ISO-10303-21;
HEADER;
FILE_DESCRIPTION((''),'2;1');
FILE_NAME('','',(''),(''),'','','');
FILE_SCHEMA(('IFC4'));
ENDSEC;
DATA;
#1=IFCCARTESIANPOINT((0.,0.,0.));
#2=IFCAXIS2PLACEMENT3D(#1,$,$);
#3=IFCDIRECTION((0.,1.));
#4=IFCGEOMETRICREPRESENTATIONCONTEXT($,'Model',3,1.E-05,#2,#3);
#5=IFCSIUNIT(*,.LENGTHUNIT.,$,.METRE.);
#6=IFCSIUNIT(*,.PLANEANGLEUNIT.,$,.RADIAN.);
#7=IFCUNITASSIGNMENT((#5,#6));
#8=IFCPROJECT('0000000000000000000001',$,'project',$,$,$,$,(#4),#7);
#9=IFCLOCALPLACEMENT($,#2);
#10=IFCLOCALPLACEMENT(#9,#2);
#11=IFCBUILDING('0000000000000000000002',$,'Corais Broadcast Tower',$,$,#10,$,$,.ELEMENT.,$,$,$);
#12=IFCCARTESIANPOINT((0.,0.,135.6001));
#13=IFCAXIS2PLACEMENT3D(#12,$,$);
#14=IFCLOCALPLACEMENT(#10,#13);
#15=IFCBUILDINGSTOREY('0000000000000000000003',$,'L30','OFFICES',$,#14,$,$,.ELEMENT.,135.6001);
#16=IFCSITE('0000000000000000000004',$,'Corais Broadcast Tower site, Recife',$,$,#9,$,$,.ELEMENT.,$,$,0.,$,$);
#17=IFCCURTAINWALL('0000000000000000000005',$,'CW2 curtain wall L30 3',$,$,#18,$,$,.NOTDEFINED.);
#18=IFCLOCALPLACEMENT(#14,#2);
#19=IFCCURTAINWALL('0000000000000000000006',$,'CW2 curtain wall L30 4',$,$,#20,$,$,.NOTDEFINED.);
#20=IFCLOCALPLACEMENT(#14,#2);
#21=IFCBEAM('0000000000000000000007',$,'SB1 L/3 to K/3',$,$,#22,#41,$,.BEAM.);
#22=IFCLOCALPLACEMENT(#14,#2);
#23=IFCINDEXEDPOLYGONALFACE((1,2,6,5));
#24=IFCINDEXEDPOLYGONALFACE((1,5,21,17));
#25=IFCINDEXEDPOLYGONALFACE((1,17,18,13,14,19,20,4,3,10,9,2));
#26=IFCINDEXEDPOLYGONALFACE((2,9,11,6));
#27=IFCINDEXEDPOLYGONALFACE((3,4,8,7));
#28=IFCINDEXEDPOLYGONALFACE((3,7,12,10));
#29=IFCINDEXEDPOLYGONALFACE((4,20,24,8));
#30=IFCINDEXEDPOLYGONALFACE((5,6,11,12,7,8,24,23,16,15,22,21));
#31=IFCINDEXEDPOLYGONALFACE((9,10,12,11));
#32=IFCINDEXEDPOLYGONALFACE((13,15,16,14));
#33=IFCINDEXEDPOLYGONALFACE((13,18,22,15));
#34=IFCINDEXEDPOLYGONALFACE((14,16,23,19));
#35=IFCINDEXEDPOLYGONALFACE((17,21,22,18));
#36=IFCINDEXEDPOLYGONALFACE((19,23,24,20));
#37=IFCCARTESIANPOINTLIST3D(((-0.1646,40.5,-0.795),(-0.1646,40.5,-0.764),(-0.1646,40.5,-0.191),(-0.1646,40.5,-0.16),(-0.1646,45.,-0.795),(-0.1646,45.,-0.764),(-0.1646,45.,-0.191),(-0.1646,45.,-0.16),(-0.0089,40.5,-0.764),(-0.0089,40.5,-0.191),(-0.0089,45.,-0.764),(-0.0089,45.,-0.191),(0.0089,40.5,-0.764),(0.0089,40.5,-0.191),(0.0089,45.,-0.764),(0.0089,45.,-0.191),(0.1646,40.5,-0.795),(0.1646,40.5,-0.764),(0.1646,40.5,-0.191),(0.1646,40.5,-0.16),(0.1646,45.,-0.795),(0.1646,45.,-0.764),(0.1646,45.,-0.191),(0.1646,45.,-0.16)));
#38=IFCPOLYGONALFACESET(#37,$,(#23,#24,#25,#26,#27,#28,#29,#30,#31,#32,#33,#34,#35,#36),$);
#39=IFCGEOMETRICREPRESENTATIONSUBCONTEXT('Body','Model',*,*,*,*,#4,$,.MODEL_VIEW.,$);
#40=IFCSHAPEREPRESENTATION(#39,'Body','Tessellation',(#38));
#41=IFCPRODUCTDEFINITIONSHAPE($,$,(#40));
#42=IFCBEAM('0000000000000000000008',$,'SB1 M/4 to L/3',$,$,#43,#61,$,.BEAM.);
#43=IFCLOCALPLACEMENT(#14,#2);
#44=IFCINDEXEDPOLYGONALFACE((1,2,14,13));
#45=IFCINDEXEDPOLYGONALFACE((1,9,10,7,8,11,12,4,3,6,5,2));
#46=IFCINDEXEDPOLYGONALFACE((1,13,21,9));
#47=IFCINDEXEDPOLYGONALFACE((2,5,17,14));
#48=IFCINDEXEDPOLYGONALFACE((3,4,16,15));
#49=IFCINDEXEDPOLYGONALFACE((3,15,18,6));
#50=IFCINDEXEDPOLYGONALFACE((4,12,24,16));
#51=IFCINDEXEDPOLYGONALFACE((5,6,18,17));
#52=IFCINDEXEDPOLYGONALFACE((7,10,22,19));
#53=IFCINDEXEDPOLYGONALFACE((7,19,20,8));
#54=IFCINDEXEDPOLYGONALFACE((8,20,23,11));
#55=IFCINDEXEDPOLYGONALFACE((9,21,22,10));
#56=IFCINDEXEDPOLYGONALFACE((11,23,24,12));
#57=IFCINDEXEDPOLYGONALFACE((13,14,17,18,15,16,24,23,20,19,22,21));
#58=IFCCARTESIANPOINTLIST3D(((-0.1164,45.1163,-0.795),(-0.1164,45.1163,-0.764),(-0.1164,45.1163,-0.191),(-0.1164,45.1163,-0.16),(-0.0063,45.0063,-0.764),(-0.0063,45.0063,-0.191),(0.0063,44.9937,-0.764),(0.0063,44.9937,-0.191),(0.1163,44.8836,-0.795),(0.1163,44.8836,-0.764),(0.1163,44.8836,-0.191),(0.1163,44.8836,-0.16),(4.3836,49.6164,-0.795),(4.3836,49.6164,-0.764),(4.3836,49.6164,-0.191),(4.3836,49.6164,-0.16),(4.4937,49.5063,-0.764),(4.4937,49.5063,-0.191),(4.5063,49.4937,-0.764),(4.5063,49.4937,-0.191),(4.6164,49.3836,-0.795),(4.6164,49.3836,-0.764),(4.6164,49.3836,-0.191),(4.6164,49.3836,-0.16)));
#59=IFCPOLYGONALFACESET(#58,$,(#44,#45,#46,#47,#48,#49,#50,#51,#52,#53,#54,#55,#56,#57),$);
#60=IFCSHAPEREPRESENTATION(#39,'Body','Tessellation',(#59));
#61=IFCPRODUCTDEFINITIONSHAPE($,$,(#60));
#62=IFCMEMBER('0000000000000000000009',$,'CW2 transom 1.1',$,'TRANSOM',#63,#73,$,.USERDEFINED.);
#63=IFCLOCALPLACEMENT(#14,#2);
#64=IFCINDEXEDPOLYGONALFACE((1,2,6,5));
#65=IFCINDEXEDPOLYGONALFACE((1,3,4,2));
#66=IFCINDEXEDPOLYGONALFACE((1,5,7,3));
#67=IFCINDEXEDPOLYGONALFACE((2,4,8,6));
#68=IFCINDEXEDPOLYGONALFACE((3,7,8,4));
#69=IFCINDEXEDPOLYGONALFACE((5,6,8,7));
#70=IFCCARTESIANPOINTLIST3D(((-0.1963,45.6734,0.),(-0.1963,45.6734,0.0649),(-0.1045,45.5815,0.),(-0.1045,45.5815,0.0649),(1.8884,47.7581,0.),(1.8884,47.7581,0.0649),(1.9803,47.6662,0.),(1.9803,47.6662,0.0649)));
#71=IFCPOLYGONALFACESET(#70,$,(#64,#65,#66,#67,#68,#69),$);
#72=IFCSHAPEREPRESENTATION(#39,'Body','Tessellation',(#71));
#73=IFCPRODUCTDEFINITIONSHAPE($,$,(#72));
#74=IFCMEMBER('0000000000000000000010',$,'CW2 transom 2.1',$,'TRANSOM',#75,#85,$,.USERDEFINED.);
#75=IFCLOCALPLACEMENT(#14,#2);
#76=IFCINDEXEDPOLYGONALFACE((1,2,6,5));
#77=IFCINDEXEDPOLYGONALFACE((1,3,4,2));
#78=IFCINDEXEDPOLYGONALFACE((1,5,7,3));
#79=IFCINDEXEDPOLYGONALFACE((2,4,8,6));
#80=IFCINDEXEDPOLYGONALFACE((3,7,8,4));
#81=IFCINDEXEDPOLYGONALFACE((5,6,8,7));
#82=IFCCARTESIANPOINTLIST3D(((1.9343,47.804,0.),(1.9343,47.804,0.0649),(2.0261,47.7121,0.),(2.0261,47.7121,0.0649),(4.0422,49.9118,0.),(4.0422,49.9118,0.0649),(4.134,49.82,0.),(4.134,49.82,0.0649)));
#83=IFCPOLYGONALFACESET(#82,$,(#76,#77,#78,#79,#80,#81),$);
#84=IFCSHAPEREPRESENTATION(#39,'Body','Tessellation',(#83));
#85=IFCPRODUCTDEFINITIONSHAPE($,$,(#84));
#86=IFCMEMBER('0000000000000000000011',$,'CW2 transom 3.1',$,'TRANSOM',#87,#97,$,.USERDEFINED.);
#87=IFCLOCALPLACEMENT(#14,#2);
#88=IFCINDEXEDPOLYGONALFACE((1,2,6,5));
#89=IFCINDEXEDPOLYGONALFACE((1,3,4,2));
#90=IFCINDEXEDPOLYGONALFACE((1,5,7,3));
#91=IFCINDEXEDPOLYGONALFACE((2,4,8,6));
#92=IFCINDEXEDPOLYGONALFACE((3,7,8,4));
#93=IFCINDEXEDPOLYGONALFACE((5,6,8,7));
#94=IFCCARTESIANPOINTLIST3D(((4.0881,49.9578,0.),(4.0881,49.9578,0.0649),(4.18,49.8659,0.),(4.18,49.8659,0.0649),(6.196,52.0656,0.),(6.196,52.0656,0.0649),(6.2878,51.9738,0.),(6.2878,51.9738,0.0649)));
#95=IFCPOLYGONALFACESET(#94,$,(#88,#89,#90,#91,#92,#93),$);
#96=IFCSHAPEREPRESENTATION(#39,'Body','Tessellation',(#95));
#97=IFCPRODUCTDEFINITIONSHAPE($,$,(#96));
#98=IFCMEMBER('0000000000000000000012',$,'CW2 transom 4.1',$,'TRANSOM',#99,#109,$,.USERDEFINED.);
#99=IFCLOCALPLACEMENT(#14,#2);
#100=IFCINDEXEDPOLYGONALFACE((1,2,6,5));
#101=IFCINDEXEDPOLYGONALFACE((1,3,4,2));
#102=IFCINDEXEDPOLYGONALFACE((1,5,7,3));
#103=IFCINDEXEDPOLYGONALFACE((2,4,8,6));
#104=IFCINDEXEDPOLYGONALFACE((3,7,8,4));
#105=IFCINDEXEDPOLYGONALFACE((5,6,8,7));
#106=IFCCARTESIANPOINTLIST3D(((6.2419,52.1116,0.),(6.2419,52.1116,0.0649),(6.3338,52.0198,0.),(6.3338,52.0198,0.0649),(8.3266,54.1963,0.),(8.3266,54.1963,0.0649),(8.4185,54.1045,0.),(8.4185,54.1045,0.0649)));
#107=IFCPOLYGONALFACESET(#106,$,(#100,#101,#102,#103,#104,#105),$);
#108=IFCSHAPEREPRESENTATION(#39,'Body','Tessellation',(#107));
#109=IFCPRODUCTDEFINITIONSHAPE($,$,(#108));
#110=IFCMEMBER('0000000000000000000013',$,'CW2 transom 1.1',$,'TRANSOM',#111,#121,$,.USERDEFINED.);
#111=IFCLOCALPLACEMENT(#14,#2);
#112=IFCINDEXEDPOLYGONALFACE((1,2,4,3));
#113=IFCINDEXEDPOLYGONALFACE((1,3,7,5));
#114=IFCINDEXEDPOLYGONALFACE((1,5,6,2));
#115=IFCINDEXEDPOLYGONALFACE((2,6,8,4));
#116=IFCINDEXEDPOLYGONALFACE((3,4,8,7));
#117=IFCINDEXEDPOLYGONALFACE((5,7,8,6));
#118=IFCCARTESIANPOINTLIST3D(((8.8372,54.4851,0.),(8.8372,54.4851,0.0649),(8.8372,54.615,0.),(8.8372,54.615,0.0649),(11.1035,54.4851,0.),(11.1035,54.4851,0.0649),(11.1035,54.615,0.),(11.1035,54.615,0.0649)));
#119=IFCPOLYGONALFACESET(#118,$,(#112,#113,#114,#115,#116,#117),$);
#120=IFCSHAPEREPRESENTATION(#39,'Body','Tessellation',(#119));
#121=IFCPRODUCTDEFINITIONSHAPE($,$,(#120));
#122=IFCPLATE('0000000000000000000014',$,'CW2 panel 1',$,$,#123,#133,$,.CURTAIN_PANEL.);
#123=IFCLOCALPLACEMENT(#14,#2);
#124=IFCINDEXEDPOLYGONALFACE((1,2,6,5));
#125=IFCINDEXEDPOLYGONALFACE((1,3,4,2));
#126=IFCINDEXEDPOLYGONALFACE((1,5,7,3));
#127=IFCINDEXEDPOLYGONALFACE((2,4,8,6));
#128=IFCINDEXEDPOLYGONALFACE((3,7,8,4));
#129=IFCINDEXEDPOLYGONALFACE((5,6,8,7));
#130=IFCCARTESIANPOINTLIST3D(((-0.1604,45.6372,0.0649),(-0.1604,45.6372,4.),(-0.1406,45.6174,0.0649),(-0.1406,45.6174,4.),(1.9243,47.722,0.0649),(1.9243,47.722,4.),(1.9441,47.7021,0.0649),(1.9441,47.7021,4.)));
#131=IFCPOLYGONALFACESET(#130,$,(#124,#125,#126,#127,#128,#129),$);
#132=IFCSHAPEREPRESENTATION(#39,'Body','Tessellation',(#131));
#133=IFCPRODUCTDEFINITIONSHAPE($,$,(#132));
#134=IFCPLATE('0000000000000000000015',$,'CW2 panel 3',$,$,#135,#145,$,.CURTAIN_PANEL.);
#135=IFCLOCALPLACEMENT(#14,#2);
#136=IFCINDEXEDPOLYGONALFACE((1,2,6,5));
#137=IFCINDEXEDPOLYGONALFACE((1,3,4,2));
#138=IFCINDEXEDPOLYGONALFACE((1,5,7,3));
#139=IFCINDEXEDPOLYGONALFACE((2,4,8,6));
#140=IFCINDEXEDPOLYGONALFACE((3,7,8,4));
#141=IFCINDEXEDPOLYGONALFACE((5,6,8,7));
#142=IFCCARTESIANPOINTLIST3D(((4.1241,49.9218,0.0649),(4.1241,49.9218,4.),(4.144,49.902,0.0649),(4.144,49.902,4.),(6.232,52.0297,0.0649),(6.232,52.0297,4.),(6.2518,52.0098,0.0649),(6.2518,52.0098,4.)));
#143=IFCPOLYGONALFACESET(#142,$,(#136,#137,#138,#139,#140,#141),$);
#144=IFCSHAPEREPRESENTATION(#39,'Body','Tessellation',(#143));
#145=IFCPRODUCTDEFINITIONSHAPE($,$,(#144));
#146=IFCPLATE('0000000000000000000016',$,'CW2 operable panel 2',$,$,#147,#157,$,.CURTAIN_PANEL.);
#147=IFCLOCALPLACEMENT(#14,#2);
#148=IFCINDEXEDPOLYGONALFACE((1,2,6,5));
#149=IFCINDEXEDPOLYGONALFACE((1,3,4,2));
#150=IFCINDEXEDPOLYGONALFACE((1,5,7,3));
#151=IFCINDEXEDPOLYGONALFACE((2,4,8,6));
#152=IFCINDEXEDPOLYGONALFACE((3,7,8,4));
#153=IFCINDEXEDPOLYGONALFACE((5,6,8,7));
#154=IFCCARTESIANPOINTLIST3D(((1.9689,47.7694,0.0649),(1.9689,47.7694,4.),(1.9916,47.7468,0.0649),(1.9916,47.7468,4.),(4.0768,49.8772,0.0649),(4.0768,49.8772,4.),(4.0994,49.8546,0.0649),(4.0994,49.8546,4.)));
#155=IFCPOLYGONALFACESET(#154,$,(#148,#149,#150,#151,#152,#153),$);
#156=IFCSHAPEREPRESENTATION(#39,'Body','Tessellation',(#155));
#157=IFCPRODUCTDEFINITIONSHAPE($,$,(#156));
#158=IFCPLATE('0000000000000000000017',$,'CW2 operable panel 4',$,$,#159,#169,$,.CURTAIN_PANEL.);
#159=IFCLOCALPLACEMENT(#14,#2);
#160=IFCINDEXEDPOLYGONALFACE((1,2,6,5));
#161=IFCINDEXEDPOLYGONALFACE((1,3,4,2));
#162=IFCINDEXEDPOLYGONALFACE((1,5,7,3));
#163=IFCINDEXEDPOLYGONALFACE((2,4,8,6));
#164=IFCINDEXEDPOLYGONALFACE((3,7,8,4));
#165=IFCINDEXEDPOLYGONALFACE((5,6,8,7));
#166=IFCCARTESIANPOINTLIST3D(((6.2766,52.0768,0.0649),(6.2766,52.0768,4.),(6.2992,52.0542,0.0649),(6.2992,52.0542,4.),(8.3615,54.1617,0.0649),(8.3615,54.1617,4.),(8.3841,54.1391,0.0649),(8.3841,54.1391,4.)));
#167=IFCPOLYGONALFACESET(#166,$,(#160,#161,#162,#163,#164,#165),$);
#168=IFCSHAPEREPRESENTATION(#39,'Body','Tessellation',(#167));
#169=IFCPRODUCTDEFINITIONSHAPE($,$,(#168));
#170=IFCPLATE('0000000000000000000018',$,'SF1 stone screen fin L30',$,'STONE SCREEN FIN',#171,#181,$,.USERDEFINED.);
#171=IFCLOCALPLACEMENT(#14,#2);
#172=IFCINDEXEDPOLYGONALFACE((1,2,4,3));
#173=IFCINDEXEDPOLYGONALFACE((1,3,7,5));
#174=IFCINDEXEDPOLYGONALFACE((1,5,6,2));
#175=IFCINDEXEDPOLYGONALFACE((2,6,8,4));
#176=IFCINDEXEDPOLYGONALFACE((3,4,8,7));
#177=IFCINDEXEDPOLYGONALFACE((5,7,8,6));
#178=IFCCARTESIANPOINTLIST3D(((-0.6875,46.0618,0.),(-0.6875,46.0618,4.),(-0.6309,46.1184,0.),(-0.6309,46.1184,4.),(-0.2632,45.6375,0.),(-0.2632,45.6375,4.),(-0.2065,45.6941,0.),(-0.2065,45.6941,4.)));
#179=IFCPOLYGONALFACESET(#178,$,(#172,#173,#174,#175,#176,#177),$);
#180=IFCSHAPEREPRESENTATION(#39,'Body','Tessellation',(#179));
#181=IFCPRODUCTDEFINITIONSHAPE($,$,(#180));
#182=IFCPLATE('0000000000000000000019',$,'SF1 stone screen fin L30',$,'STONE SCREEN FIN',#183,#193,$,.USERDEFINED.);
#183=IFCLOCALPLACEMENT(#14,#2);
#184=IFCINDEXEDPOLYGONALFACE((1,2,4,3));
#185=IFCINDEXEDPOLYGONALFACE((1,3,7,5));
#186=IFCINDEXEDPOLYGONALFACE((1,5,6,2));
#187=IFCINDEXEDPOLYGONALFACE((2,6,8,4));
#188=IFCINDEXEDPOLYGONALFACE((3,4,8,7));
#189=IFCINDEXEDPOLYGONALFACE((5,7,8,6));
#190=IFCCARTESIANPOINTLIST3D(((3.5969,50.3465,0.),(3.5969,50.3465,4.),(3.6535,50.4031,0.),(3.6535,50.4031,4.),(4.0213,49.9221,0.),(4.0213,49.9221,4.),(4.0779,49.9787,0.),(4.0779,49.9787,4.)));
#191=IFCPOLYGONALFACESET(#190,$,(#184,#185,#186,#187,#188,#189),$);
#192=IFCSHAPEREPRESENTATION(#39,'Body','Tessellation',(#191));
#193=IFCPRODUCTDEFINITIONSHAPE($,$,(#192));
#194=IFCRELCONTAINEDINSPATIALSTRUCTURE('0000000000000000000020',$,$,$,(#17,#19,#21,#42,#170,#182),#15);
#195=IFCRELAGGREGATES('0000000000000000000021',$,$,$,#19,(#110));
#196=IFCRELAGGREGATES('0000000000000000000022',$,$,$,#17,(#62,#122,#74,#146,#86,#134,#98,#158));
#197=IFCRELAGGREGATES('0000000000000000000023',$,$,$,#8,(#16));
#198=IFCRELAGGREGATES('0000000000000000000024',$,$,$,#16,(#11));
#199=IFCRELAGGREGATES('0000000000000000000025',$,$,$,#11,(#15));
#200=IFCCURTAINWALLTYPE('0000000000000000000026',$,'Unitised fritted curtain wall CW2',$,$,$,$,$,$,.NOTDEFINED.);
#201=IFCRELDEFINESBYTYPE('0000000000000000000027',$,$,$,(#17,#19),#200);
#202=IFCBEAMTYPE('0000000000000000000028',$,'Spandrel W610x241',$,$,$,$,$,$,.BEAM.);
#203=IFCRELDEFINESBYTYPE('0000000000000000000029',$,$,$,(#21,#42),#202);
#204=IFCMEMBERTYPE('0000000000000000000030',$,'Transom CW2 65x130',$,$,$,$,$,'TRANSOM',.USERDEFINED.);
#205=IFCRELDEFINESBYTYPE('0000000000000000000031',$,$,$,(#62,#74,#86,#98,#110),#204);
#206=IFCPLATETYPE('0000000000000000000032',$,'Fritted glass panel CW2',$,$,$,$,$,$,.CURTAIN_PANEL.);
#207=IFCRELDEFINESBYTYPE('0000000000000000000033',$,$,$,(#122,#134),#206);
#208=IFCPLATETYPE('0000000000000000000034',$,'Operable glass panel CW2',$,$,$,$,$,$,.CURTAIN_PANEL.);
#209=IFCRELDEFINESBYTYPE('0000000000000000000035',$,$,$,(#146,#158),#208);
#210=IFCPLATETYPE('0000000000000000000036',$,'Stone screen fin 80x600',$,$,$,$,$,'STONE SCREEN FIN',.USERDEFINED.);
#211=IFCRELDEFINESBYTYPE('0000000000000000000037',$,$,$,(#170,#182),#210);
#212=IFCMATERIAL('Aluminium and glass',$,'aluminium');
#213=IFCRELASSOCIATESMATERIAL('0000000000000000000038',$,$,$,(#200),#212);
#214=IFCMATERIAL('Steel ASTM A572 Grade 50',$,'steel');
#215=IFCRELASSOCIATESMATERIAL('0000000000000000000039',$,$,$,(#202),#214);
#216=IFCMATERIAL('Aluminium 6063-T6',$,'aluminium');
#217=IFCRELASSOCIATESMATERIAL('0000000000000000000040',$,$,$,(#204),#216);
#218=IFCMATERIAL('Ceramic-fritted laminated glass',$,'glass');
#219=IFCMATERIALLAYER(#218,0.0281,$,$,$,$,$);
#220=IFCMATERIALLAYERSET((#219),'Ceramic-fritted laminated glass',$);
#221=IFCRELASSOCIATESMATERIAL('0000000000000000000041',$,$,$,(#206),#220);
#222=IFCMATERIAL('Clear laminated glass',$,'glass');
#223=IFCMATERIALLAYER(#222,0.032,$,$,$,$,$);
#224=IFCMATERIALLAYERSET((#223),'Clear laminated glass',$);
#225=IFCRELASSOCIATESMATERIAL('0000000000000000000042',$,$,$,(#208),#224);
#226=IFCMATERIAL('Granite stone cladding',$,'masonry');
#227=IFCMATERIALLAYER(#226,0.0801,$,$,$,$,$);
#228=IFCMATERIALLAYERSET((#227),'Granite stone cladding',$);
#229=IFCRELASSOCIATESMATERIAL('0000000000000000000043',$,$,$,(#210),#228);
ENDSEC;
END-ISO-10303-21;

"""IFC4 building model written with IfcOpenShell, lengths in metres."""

from ifc_helpers import new_model, si_unit, direction, frame, origin, origin_2d, place, context, subcontext, project, spatial, rectangle, i_section, extrude, material, layer, layer_set, material_profile, profile_set, type_object, element, aggregate, save


model = new_model("IFC4")

# Units and contexts
model_context = context("Model", 3, precision=1e-05, world=origin(), true_north=direction((0.0, 1.0)))
body_context = subcontext(model_context, "Body", "Model", "MODEL_VIEW")
ifc_project = project(units=[si_unit("LENGTHUNIT", "METRE"), si_unit("PLANEANGLEUNIT", "RADIAN")], contexts=[model_context])

# Site, building, storey
site_placement = place(None, origin())
site = spatial("IfcSite", under=ifc_project, at=site_placement, Name="Corais Broadcast Tower site, Recife", CompositionType="ELEMENT", RefElevation=0.0)
building_placement = place(site_placement, origin())
building = spatial("IfcBuilding", under=site, at=building_placement, Name="Corais Broadcast Tower", CompositionType="ELEMENT")
storey_placement = place(building_placement, frame((0.0, 0.0, 135.6001)))
storey = spatial("IfcBuildingStorey", under=building, at=storey_placement, Name="L30", Description="OFFICES", CompositionType="ELEMENT", Elevation=135.6001)

# Shared definitions
ifc_material_1 = material(Name="Aluminium and glass", Category="aluminium")
curtain_wall_type = type_object("IfcCurtainWallType", Name="Unitised fritted curtain wall CW2", PredefinedType="NOTDEFINED", material=ifc_material_1)

# Curtain wall
curtain_wall_1_placement = place(storey_placement, origin())
curtain_wall_1 = element("IfcCurtainWall", 1, at=curtain_wall_1_placement, inside=storey, type_object=curtain_wall_type, Name="CW2 curtain wall L30 3", PredefinedType="NOTDEFINED")

# Curtain wall
curtain_wall_2_placement = place(storey_placement, origin())
curtain_wall_2 = element("IfcCurtainWall", 2, at=curtain_wall_2_placement, inside=storey, type_object=curtain_wall_type, Name="CW2 curtain wall L30 4", PredefinedType="NOTDEFINED")

# Beams
ifc_material_2 = material(Name="Steel ASTM A572 Grade 50", Category="steel")
ifc_material_profile_1 = material_profile(ifc_material_2, i_section(OverallWidth=0.3291, OverallDepth=0.635, WebThickness=0.0178, FlangeThickness=0.031, at=origin_2d()), Name="W610x241")
ifc_profile_set_1 = profile_set([ifc_material_profile_1], Name="Steel ASTM A572 Grade 50")
beam_type_1 = type_object("IfcBeamType", Name="Spandrel W610x241", PredefinedType="BEAM", material=ifc_profile_set_1)
beam_1_placement = place(storey_placement, frame((0.0, 45.0, -0.4775), z_axis=(0.0, -1.0, 0.0), x_axis=(1.0, 0.0, 0.0)))
element("IfcBeam", 3, at=beam_1_placement, inside=storey, type_object=beam_type_1, Name="SB1 L/3 to K/3", PredefinedType="BEAM", context=body_context, shape_type="SweptSolid", body=[
    extrude(i_section(OverallWidth=0.3291, OverallDepth=0.635, WebThickness=0.0178, FlangeThickness=0.031, at=origin_2d()), origin(), (0.0, 0.0, 1.0), 4.5),
])
beam_2_placement = place(storey_placement, frame((4.5, 49.5, -0.4775), z_axis=(-0.707107, -0.707107, 0.0), x_axis=(0.707107, -0.707107, 0.0)))
element("IfcBeam", 4, at=beam_2_placement, inside=storey, type_object=beam_type_1, Name="SB1 M/4 to L/3", PredefinedType="BEAM", context=body_context, shape_type="SweptSolid", body=[
    extrude(i_section(OverallWidth=0.3291, OverallDepth=0.635, WebThickness=0.0178, FlangeThickness=0.031, at=origin_2d()), origin(), (0.0, 0.0, 1.0), 6.364),
])

# Members
ifc_material_3 = material(Name="Aluminium 6063-T6", Category="aluminium")
ifc_material_profile_2 = material_profile(ifc_material_3, rectangle(XDim=0.1299, YDim=0.0649, at=origin_2d()), Name="Transom CW2 65x130")
ifc_profile_set_2 = profile_set([ifc_material_profile_2], Name="Aluminium 6063-T6")
member_type_1 = type_object("IfcMemberType", Name="Transom CW2 65x130", ElementType="TRANSOM", PredefinedType="USERDEFINED", material=ifc_profile_set_2)
member_1_placement = place(storey_placement, frame((-0.1504, 45.6274, 0.0325), z_axis=(0.707107, 0.707107, 0.0), x_axis=(-0.707107, 0.707107, 0.0)))
member_1 = element("IfcMember", 5, at=member_1_placement, type_object=member_type_1, Name="CW2 transom 1.1", ObjectType="TRANSOM", PredefinedType="USERDEFINED", context=body_context, shape_type="SweptSolid", body=[
    extrude(rectangle(XDim=0.1299, YDim=0.0649, at=origin_2d()), origin(), (0.0, 0.0, 1.0), 2.9482),
])
member_2_placement = place(storey_placement, frame((1.9802, 47.7581, 0.0325), z_axis=(0.707107, 0.707107, 0.0), x_axis=(-0.707107, 0.707107, 0.0)))
member_2 = element("IfcMember", 6, at=member_2_placement, type_object=member_type_1, Name="CW2 transom 2.1", ObjectType="TRANSOM", PredefinedType="USERDEFINED", context=body_context, shape_type="SweptSolid", body=[
    extrude(rectangle(XDim=0.1299, YDim=0.0649, at=origin_2d()), origin(), (0.0, 0.0, 1.0), 2.981),
])
member_3_placement = place(storey_placement, frame((4.134, 49.9119, 0.0325), z_axis=(0.707107, 0.707107, 0.0), x_axis=(-0.707107, 0.707107, 0.0)))
member_3 = element("IfcMember", 7, at=member_3_placement, type_object=member_type_1, Name="CW2 transom 3.1", ObjectType="TRANSOM", PredefinedType="USERDEFINED", context=body_context, shape_type="SweptSolid", body=[
    extrude(rectangle(XDim=0.1299, YDim=0.0649, at=origin_2d()), origin(), (0.0, 0.0, 1.0), 2.981),
])
member_4_placement = place(storey_placement, frame((6.2878, 52.0657, 0.0325), z_axis=(0.707107, 0.707107, 0.0), x_axis=(-0.707107, 0.707107, 0.0)))
member_4 = element("IfcMember", 8, at=member_4_placement, type_object=member_type_1, Name="CW2 transom 4.1", ObjectType="TRANSOM", PredefinedType="USERDEFINED", context=body_context, shape_type="SweptSolid", body=[
    extrude(rectangle(XDim=0.1299, YDim=0.0649, at=origin_2d()), origin(), (0.0, 0.0, 1.0), 2.9482),
])
member_5_placement = place(storey_placement, frame((8.8372, 54.55, 0.0325), z_axis=(1.0, 0.0, 0.0), x_axis=(0.0, 1.0, 0.0)))
member_5 = element("IfcMember", 9, at=member_5_placement, type_object=member_type_1, Name="CW2 transom 1.1", ObjectType="TRANSOM", PredefinedType="USERDEFINED", context=body_context, shape_type="SweptSolid", body=[
    extrude(rectangle(XDim=0.1299, YDim=0.0649, at=origin_2d()), origin(), (0.0, 0.0, 1.0), 2.2664),
])
aggregate(curtain_wall_2, [member_5])

# Plates
ifc_material_4 = material(Name="Ceramic-fritted laminated glass", Category="glass")
ifc_layer_1 = layer(ifc_material_4, 0.0281)
ifc_layer_set_1 = layer_set([ifc_layer_1], Name="Ceramic-fritted laminated glass")
plate_type_1 = type_object("IfcPlateType", Name="Fritted glass panel CW2", PredefinedType="CURTAIN_PANEL", material=ifc_layer_set_1)
plate_1_placement = place(storey_placement, frame((0.8918, 46.6697, 0.0649), z_axis=(0.0, 0.0, 1.0), x_axis=(0.707107, 0.707107, 0.0)))
plate_1 = element("IfcPlate", 10, at=plate_1_placement, type_object=plate_type_1, Name="CW2 panel 1", PredefinedType="CURTAIN_PANEL", context=body_context, shape_type="SweptSolid", body=[
    extrude(rectangle(XDim=2.9482, YDim=0.0281, at=origin_2d()), origin(), (0.0, 0.0, 1.0), 3.9351),
])
plate_2_placement = place(storey_placement, frame((5.188, 50.9658, 0.0649), z_axis=(0.0, 0.0, 1.0), x_axis=(0.707107, 0.707107, 0.0)))
plate_2 = element("IfcPlate", 11, at=plate_2_placement, type_object=plate_type_1, Name="CW2 panel 3", PredefinedType="CURTAIN_PANEL", context=body_context, shape_type="SweptSolid", body=[
    extrude(rectangle(XDim=2.981, YDim=0.0281, at=origin_2d()), origin(), (0.0, 0.0, 1.0), 3.9351),
])
ifc_material_5 = material(Name="Clear laminated glass", Category="glass")
ifc_layer_2 = layer(ifc_material_5, 0.032)
ifc_layer_set_2 = layer_set([ifc_layer_2], Name="Clear laminated glass")
plate_type_2 = type_object("IfcPlateType", Name="Operable glass panel CW2", PredefinedType="CURTAIN_PANEL", material=ifc_layer_set_2)
plate_3_placement = place(storey_placement, frame((3.0342, 48.812, 0.0649), z_axis=(0.0, 0.0, 1.0), x_axis=(0.707107, 0.707107, 0.0)))
plate_3 = element("IfcPlate", 12, at=plate_3_placement, type_object=plate_type_2, Name="CW2 operable panel 2", PredefinedType="CURTAIN_PANEL", context=body_context, shape_type="SweptSolid", body=[
    extrude(rectangle(XDim=2.981, YDim=0.032, at=origin_2d()), origin(), (0.0, 0.0, 1.0), 3.9351),
])
plate_4_placement = place(storey_placement, frame((7.3303, 53.1079, 0.0649), z_axis=(0.0, 0.0, 1.0), x_axis=(0.707107, 0.707107, 0.0)))
plate_4 = element("IfcPlate", 13, at=plate_4_placement, type_object=plate_type_2, Name="CW2 operable panel 4", PredefinedType="CURTAIN_PANEL", context=body_context, shape_type="SweptSolid", body=[
    extrude(rectangle(XDim=2.9485, YDim=0.032, at=origin_2d()), origin(), (0.0, 0.0, 1.0), 3.9351),
])
aggregate(curtain_wall_1, [member_1, plate_1, member_2, plate_3, member_3, plate_2, member_4, plate_4])

# Plates
ifc_material_6 = material(Name="Granite stone cladding", Category="masonry")
ifc_layer_3 = layer(ifc_material_6, 0.0801)
ifc_layer_set_3 = layer_set([ifc_layer_3], Name="Granite stone cladding")
plate_type_3 = type_object("IfcPlateType", Name="Stone screen fin 80x600", ElementType="STONE SCREEN FIN", PredefinedType="USERDEFINED", material=ifc_layer_set_3)
for number, where, z_axis, x_axis, name in (
    (14, (-0.447, 45.8779, 0.0), (0.0, 0.0, 1.0), (0.707107, 0.707107, 0.0), "SF1 stone screen fin L30"),
    (15, (3.8374, 50.1626, 0.0), (0.0, 0.0, 1.0), (0.707107, 0.707107, 0.0), "SF1 stone screen fin L30"),
):
    element("IfcPlate", number, at=place(storey_placement, frame(where, z_axis=z_axis, x_axis=x_axis)), inside=storey, type_object=plate_type_3, Name=name, ObjectType="STONE SCREEN FIN", PredefinedType="USERDEFINED", context=body_context, shape_type="SweptSolid", body=[
        extrude(rectangle(XDim=0.0801, YDim=0.6001, at=origin_2d()), origin(), (0.0, 0.0, 1.0), 4.0),
    ])

save(model, "model.ifc")
